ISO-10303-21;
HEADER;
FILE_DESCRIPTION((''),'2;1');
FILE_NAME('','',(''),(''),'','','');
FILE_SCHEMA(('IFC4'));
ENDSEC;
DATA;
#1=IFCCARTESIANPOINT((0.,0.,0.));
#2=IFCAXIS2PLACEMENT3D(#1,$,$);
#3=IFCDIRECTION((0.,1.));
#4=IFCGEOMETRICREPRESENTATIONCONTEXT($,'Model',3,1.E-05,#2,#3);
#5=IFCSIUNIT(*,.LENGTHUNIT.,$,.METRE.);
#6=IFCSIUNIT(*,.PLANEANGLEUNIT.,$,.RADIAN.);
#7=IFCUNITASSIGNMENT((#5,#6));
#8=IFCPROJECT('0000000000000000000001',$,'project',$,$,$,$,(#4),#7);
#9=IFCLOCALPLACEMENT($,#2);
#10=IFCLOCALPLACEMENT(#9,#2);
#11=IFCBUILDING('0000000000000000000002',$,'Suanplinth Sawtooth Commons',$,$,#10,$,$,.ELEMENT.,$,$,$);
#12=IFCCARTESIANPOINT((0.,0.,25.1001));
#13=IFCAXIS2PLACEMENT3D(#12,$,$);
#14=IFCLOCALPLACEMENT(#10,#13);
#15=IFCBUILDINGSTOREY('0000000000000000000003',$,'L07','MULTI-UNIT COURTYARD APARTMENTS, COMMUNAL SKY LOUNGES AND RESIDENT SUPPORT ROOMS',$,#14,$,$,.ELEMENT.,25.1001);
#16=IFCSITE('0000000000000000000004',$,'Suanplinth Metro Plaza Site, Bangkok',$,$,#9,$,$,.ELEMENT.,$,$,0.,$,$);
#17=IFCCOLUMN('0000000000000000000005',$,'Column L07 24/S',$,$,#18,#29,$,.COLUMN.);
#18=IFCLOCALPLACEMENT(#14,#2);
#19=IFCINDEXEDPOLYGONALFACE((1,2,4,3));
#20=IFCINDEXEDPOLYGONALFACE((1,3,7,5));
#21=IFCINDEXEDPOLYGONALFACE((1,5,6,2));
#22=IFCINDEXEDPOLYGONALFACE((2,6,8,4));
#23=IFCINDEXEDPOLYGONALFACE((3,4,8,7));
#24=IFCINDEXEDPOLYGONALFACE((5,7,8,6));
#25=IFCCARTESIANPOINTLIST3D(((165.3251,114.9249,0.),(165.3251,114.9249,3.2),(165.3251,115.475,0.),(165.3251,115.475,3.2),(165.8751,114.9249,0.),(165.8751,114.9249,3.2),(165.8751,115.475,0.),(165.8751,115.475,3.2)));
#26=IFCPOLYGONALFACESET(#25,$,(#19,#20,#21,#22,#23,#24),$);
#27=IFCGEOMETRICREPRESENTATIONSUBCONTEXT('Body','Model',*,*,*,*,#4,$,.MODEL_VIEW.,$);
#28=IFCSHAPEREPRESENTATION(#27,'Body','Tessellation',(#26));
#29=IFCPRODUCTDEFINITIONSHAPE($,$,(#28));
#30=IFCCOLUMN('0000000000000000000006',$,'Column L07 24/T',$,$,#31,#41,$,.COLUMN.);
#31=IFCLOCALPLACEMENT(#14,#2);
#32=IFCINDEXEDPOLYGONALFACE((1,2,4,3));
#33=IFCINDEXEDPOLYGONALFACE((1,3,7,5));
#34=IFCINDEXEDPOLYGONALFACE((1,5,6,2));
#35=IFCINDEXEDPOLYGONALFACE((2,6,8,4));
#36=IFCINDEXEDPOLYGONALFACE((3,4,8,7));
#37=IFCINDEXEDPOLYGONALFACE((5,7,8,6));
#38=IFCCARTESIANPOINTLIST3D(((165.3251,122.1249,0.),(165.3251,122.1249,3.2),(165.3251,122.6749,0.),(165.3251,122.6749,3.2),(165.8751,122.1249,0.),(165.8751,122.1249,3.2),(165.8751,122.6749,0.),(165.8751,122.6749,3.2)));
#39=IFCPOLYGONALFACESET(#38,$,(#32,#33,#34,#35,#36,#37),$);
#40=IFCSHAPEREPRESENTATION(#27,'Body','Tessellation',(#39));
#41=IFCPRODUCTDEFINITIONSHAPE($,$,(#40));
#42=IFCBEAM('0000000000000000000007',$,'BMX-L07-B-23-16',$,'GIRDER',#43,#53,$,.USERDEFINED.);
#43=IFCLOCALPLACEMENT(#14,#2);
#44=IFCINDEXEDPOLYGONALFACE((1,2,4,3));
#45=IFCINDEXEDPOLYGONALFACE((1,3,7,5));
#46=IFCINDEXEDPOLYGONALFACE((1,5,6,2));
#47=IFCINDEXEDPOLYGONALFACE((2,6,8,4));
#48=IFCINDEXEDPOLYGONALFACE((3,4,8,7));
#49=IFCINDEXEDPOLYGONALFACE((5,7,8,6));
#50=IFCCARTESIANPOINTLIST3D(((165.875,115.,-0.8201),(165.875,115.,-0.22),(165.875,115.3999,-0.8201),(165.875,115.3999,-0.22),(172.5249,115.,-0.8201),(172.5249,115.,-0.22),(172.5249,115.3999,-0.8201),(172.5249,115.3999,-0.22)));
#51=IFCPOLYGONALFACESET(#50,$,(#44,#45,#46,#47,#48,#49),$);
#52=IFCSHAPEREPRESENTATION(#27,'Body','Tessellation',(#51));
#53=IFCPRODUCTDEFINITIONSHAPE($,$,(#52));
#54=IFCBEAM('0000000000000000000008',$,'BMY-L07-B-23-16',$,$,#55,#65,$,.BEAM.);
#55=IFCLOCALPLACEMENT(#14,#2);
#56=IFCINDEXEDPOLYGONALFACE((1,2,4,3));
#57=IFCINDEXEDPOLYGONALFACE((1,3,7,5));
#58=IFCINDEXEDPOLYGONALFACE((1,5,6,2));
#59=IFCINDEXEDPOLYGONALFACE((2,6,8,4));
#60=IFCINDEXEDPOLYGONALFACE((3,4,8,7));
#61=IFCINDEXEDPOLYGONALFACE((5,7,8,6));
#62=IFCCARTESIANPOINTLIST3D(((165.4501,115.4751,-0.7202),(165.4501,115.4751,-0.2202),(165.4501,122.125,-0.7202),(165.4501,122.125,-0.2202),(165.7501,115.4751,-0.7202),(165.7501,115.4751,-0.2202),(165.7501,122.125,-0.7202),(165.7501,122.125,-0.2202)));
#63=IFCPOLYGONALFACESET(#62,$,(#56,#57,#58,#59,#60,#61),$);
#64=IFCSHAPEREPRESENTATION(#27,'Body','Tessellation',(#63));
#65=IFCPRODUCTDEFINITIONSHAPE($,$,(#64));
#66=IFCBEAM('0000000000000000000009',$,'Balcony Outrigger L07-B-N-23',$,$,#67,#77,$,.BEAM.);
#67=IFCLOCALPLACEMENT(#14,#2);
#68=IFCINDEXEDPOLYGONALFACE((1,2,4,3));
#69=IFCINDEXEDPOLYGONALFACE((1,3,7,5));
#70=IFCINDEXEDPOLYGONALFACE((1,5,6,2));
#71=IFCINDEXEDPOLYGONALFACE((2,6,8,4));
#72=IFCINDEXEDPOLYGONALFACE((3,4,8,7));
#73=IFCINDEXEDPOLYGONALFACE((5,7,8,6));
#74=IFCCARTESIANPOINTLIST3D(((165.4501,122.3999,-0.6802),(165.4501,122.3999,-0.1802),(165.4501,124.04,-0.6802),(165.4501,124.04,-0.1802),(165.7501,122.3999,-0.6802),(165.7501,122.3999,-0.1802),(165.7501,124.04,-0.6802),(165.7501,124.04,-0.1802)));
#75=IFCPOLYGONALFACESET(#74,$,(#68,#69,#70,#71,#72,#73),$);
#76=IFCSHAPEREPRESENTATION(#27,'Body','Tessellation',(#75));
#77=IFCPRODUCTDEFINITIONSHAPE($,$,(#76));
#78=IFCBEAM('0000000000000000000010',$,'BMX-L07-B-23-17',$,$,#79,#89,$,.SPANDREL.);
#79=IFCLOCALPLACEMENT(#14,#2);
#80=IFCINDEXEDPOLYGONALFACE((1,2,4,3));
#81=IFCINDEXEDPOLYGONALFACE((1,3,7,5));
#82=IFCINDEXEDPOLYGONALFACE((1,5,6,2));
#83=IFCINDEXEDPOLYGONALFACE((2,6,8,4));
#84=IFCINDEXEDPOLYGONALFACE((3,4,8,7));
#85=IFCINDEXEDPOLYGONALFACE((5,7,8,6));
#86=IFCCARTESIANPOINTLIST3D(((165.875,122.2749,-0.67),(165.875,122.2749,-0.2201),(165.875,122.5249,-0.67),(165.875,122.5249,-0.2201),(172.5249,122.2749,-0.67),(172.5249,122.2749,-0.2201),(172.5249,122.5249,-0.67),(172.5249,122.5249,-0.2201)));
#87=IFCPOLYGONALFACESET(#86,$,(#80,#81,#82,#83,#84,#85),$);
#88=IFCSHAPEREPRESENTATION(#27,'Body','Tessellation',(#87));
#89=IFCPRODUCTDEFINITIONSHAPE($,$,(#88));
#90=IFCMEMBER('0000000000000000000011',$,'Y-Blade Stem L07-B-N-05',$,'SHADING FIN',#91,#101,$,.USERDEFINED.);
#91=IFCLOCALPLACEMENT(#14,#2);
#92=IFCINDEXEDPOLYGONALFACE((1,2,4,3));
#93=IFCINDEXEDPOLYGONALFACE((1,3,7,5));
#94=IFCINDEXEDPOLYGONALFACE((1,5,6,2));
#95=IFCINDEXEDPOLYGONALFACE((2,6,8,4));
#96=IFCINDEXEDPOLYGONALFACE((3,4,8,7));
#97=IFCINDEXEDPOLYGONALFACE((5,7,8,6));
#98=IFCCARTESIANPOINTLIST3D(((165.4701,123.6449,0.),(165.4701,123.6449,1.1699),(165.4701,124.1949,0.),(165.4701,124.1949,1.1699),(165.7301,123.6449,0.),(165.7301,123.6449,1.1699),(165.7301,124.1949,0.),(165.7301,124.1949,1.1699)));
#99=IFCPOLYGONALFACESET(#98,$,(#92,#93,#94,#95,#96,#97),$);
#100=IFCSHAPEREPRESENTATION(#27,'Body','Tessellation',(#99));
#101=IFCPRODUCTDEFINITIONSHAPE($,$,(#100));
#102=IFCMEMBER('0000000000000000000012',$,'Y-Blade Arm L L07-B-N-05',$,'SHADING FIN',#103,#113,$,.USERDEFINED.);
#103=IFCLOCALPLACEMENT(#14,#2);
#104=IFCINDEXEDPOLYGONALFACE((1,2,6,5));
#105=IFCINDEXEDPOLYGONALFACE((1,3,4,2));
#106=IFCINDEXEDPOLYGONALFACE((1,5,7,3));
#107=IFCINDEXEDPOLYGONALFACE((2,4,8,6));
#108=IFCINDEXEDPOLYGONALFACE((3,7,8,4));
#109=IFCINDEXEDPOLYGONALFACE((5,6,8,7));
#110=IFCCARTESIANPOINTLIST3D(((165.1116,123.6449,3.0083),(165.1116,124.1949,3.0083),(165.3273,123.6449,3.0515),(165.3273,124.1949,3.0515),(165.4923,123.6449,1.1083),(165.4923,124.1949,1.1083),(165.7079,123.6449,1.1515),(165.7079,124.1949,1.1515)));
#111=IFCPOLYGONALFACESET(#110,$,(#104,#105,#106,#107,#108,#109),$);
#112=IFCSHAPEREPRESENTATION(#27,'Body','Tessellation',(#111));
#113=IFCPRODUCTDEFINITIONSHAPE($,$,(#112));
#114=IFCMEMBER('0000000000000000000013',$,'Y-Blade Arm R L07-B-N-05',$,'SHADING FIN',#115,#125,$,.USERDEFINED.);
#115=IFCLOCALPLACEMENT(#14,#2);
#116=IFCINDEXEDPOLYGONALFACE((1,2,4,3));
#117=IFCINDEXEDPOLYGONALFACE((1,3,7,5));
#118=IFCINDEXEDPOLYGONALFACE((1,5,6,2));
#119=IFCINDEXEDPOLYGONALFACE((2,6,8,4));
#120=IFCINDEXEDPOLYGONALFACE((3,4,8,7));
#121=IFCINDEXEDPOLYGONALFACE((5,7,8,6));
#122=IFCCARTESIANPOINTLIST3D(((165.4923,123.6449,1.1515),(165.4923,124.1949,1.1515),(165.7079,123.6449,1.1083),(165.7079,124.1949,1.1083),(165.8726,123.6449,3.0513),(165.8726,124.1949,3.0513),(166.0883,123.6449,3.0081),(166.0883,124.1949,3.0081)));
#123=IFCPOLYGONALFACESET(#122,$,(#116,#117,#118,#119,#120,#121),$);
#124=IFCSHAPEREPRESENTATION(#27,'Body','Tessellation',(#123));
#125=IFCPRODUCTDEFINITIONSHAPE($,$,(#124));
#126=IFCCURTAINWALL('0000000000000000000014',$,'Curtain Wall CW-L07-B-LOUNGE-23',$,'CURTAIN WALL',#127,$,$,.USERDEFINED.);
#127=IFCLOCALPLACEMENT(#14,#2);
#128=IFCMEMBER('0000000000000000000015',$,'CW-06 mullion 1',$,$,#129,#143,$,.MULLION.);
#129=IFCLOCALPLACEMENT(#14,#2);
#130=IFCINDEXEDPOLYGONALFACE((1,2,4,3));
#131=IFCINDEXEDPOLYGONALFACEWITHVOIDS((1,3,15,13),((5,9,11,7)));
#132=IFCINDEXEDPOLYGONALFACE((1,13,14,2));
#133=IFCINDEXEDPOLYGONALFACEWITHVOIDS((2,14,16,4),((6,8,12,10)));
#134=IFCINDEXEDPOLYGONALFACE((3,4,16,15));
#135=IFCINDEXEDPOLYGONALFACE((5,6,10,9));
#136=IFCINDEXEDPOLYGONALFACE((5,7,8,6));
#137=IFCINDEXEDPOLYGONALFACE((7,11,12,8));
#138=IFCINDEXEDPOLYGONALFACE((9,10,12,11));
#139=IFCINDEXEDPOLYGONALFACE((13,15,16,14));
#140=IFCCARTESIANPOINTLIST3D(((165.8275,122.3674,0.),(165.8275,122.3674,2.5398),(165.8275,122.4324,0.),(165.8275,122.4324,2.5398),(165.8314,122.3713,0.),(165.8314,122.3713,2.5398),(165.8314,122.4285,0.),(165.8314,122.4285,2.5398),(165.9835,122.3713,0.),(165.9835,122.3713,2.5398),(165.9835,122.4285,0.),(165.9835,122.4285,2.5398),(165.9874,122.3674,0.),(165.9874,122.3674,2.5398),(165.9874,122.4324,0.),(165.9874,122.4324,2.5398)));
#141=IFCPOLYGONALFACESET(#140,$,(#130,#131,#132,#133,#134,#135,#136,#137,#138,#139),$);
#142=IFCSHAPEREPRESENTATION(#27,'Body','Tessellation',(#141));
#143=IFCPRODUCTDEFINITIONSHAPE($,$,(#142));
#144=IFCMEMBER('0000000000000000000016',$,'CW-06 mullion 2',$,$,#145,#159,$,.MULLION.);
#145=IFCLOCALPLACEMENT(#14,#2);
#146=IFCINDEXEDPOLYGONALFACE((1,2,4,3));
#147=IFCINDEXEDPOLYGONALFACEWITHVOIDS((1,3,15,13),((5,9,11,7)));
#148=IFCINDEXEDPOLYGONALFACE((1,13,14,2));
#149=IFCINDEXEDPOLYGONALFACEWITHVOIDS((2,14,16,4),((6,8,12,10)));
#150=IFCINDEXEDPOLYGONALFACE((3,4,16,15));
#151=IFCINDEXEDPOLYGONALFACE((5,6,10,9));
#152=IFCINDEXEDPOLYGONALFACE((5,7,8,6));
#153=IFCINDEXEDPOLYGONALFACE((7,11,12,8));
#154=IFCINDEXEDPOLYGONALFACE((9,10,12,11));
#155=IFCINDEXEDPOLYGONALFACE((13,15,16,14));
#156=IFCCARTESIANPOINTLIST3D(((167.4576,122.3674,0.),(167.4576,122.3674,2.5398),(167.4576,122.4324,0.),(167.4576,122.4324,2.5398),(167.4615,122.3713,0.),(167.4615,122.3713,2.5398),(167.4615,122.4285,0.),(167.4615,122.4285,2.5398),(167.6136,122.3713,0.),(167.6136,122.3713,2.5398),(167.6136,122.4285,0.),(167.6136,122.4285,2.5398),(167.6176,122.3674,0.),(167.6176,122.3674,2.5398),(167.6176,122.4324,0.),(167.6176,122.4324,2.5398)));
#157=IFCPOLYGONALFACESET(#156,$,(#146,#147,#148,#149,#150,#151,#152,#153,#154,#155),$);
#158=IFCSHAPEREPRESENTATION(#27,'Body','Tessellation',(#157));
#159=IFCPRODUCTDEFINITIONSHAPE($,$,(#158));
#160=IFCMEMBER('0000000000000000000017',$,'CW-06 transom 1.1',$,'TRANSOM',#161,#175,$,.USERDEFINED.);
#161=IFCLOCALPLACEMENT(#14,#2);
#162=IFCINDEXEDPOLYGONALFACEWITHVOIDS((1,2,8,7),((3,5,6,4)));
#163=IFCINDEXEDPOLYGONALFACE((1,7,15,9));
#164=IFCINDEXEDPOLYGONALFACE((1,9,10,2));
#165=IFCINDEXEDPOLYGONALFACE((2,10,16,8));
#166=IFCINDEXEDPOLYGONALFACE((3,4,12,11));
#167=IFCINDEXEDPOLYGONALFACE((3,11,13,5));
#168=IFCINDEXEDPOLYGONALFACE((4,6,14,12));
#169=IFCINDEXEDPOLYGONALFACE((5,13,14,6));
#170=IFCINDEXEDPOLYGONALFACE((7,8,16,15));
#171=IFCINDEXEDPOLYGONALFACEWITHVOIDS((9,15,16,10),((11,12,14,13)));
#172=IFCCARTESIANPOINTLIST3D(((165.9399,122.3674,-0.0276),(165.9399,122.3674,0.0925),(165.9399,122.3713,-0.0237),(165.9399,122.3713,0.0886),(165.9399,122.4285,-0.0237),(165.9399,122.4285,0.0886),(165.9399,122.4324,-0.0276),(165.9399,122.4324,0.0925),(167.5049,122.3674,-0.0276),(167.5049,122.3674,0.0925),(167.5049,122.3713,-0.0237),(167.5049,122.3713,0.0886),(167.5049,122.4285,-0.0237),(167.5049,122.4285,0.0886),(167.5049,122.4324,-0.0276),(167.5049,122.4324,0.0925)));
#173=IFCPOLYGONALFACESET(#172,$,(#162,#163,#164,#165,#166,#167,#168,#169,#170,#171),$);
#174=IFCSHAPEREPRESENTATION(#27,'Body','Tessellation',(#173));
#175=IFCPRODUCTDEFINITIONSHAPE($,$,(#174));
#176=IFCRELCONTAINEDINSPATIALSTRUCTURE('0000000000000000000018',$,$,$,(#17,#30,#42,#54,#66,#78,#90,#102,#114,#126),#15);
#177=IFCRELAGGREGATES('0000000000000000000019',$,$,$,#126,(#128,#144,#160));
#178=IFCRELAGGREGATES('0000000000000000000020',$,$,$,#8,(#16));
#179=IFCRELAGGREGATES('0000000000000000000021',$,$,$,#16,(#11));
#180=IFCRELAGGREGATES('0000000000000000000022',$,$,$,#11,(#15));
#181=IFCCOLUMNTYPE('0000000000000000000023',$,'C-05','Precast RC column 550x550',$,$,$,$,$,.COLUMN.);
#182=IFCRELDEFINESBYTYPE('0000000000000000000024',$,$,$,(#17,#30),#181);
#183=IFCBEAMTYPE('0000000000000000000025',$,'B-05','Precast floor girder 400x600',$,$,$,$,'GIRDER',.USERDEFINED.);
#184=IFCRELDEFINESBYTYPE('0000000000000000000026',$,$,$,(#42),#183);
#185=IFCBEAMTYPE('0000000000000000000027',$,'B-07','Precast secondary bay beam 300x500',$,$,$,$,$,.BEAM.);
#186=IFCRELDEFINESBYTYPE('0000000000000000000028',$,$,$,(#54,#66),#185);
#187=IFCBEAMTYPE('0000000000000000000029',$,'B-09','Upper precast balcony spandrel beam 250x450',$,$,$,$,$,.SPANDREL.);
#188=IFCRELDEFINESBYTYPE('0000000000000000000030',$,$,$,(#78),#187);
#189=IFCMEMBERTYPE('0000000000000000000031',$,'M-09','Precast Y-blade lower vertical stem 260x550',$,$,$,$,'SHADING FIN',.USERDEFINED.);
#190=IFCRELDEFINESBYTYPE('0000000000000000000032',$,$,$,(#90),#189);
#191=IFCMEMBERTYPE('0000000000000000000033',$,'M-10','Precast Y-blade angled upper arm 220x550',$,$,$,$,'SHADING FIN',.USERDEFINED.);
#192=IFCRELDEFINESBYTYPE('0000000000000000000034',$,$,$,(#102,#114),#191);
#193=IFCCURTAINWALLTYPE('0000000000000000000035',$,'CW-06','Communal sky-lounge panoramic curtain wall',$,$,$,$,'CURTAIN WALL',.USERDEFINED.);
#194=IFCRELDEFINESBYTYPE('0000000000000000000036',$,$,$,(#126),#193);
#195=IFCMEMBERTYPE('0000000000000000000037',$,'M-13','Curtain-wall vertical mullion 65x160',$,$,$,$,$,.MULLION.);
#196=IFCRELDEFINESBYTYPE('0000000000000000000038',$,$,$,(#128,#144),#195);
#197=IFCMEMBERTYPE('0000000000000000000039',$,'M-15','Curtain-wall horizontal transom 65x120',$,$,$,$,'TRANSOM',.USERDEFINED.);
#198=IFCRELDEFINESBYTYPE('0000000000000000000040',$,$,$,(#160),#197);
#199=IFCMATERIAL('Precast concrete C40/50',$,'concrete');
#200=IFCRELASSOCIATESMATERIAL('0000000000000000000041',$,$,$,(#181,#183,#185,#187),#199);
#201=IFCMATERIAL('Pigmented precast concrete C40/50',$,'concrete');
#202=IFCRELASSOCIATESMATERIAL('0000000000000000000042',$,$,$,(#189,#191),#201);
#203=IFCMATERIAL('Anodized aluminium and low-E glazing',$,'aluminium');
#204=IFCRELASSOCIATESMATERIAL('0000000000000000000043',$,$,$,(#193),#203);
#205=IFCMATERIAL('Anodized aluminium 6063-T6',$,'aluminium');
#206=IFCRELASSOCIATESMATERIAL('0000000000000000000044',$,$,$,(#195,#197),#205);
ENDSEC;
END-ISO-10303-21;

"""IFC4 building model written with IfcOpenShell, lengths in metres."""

from ifc_helpers import new_model, si_unit, direction, frame, origin, origin_2d, place, context, subcontext, project, spatial, rectangle, hollow_rectangle, extrude, material, material_profile, profile_set, type_object, element, aggregate, save


model = new_model("IFC4")

# Units and contexts
model_context = context("Model", 3, precision=1e-05, world=origin(), true_north=direction((0.0, 1.0)))
body_context = subcontext(model_context, "Body", "Model", "MODEL_VIEW")
ifc_project = project(units=[si_unit("LENGTHUNIT", "METRE"), si_unit("PLANEANGLEUNIT", "RADIAN")], contexts=[model_context])

# Site, building, storey
site_placement = place(None, origin())
site = spatial("IfcSite", under=ifc_project, at=site_placement, Name="Suanplinth Metro Plaza Site, Bangkok", CompositionType="ELEMENT", RefElevation=0.0)
building_placement = place(site_placement, origin())
building = spatial("IfcBuilding", under=site, at=building_placement, Name="Suanplinth Sawtooth Commons", CompositionType="ELEMENT")
storey_placement = place(building_placement, frame((0.0, 0.0, 25.1001)))
storey = spatial("IfcBuildingStorey", under=building, at=storey_placement, Name="L07", Description="MULTI-UNIT COURTYARD APARTMENTS, COMMUNAL SKY LOUNGES AND RESIDENT SUPPORT ROOMS", CompositionType="ELEMENT", Elevation=25.1001)

# Columns
ifc_material_1 = material(Name="Precast concrete C40/50", Category="concrete")
ifc_material_profile_1 = material_profile(ifc_material_1, rectangle(XDim=0.55, YDim=0.55, at=origin_2d()), Name="PC-COL 550x550")
ifc_profile_set_1 = profile_set([ifc_material_profile_1], Name="Precast concrete C40/50")
column_type = type_object("IfcColumnType", Name="C-05", Description="Precast RC column 550x550", PredefinedType="COLUMN", material=ifc_profile_set_1)
for number, where, z_axis, x_axis, name in (
    (1, (165.6001, 115.2, 0.0), (0.0, 0.0, 1.0), (1.0, 0.0, 0.0), "Column L07 24/S"),
    (2, (165.6001, 122.3999, 0.0), (0.0, 0.0, 1.0), (1.0, 0.0, 0.0), "Column L07 24/T"),
):
    element("IfcColumn", number, at=place(storey_placement, frame(where, z_axis=z_axis, x_axis=x_axis)), inside=storey, type_object=column_type, Name=name, PredefinedType="COLUMN", context=body_context, shape_type="SweptSolid", body=[
        extrude(rectangle(XDim=0.55, YDim=0.55, at=origin_2d()), origin(), (0.0, 0.0, 1.0), 3.2),
    ])

# Beams
ifc_material_profile_2 = material_profile(ifc_material_1, rectangle(XDim=0.3999, YDim=0.6001, at=origin_2d()), Name="PC-GDR 400x600")
ifc_profile_set_2 = profile_set([ifc_material_profile_2], Name="Precast concrete C40/50")
beam_type_1 = type_object("IfcBeamType", Name="B-05", Description="Precast floor girder 400x600", ElementType="GIRDER", PredefinedType="USERDEFINED", material=ifc_profile_set_2)
beam_1_placement = place(storey_placement, frame((165.875, 115.2, -0.52), z_axis=(1.0, 0.0, 0.0), x_axis=(0.0, 1.0, 0.0)))
element("IfcBeam", 3, at=beam_1_placement, inside=storey, type_object=beam_type_1, Name="BMX-L07-B-23-16", ObjectType="GIRDER", PredefinedType="USERDEFINED", context=body_context, shape_type="SweptSolid", body=[
    extrude(rectangle(XDim=0.3999, YDim=0.6001, at=origin_2d()), origin(), (0.0, 0.0, 1.0), 6.6499),
])
ifc_material_profile_3 = material_profile(ifc_material_1, rectangle(XDim=0.3, YDim=0.5, at=origin_2d()), Name="PC-BM 300x500")
ifc_profile_set_3 = profile_set([ifc_material_profile_3], Name="Precast concrete C40/50")
beam_type_2 = type_object("IfcBeamType", Name="B-07", Description="Precast secondary bay beam 300x500", PredefinedType="BEAM", material=ifc_profile_set_3)
beam_2_placement = place(storey_placement, frame((165.6001, 115.4751, -0.4702), z_axis=(0.0, 1.0, 0.0), x_axis=(-1.0, 0.0, 0.0)))
element("IfcBeam", 4, at=beam_2_placement, inside=storey, type_object=beam_type_2, Name="BMY-L07-B-23-16", PredefinedType="BEAM", context=body_context, shape_type="SweptSolid", body=[
    extrude(rectangle(XDim=0.3, YDim=0.5, at=origin_2d()), origin(), (0.0, 0.0, 1.0), 6.6499),
])
beam_3_placement = place(storey_placement, frame((165.6001, 122.3999, -0.4302), z_axis=(0.0, 1.0, 0.0), x_axis=(-1.0, 0.0, 0.0)))
element("IfcBeam", 5, at=beam_3_placement, inside=storey, type_object=beam_type_2, Name="Balcony Outrigger L07-B-N-23", PredefinedType="BEAM", context=body_context, shape_type="SweptSolid", body=[
    extrude(rectangle(XDim=0.3, YDim=0.5, at=origin_2d()), origin(), (0.0, 0.0, 1.0), 1.6401),
])
ifc_material_profile_4 = material_profile(ifc_material_1, rectangle(XDim=0.25, YDim=0.45, at=origin_2d()), Name="PC-SP 250x450")
ifc_profile_set_4 = profile_set([ifc_material_profile_4], Name="Precast concrete C40/50")
beam_type_3 = type_object("IfcBeamType", Name="B-09", Description="Upper precast balcony spandrel beam 250x450", PredefinedType="SPANDREL", material=ifc_profile_set_4)
beam_4_placement = place(storey_placement, frame((165.875, 122.3999, -0.4451), z_axis=(1.0, 0.0, 0.0), x_axis=(0.0, 1.0, 0.0)))
element("IfcBeam", 6, at=beam_4_placement, inside=storey, type_object=beam_type_3, Name="BMX-L07-B-23-17", PredefinedType="SPANDREL", context=body_context, shape_type="SweptSolid", body=[
    extrude(rectangle(XDim=0.25, YDim=0.45, at=origin_2d()), origin(), (0.0, 0.0, 1.0), 6.6499),
])

# Members
ifc_material_2 = material(Name="Pigmented precast concrete C40/50", Category="concrete")
ifc_material_profile_5 = material_profile(ifc_material_2, rectangle(XDim=0.26, YDim=0.55, at=origin_2d()), Name="PC-FIN 260x550")
ifc_profile_set_5 = profile_set([ifc_material_profile_5], Name="Pigmented precast concrete C40/50")
member_type_1 = type_object("IfcMemberType", Name="M-09", Description="Precast Y-blade lower vertical stem 260x550", ElementType="SHADING FIN", PredefinedType="USERDEFINED", material=ifc_profile_set_5)
member_1_placement = place(storey_placement, frame((165.6001, 123.9199, 0.0), z_axis=(0.0, 0.0, 1.0), x_axis=(1.0, 0.0, 0.0)))
element("IfcMember", 7, at=member_1_placement, inside=storey, type_object=member_type_1, Name="Y-Blade Stem L07-B-N-05", ObjectType="SHADING FIN", PredefinedType="USERDEFINED", context=body_context, shape_type="SweptSolid", body=[
    extrude(rectangle(XDim=0.26, YDim=0.55, at=origin_2d()), origin(), (0.0, 0.0, 1.0), 1.1699),
])
ifc_material_profile_6 = material_profile(ifc_material_2, rectangle(XDim=0.22, YDim=0.55, at=origin_2d()), Name="PC-FIN 220x550")
ifc_profile_set_6 = profile_set([ifc_material_profile_6], Name="Pigmented precast concrete C40/50")
member_type_2 = type_object("IfcMemberType", Name="M-10", Description="Precast Y-blade angled upper arm 220x550", ElementType="SHADING FIN", PredefinedType="USERDEFINED", material=ifc_profile_set_6)
member_2_placement = place(storey_placement, frame((165.6001, 123.9199, 1.1299), z_axis=(-0.196431, 0.0, 0.980518), x_axis=(0.980518, 0.0, 0.196431)))
element("IfcMember", 8, at=member_2_placement, inside=storey, type_object=member_type_2, Name="Y-Blade Arm L L07-B-N-05", ObjectType="SHADING FIN", PredefinedType="USERDEFINED", context=body_context, shape_type="SweptSolid", body=[
    extrude(rectangle(XDim=0.22, YDim=0.55, at=origin_2d()), origin(), (0.0, 0.0, 1.0), 1.9377),
])
member_3_placement = place(storey_placement, frame((165.6001, 123.9199, 1.1299), z_axis=(0.19631, 0.0, 0.980542), x_axis=(-0.980542, 0.0, 0.19631)))
element("IfcMember", 9, at=member_3_placement, inside=storey, type_object=member_type_2, Name="Y-Blade Arm R L07-B-N-05", ObjectType="SHADING FIN", PredefinedType="USERDEFINED", context=body_context, shape_type="SweptSolid", body=[
    extrude(rectangle(XDim=0.22, YDim=0.55, at=origin_2d()), origin(), (0.0, 0.0, 1.0), 1.9375),
])

# Curtain wall, members
ifc_material_3 = material(Name="Anodized aluminium and low-E glazing", Category="aluminium")
curtain_wall_type = type_object("IfcCurtainWallType", Name="CW-06", Description="Communal sky-lounge panoramic curtain wall", ElementType="CURTAIN WALL", PredefinedType="USERDEFINED", material=ifc_material_3)
curtain_wall_placement = place(storey_placement, origin())
curtain_wall = element("IfcCurtainWall", 10, at=curtain_wall_placement, inside=storey, type_object=curtain_wall_type, Name="Curtain Wall CW-L07-B-LOUNGE-23", ObjectType="CURTAIN WALL", PredefinedType="USERDEFINED")
ifc_material_4 = material(Name="Anodized aluminium 6063-T6", Category="aluminium")
ifc_material_profile_7 = material_profile(ifc_material_4, hollow_rectangle(XDim=0.0649, YDim=0.1599, WallThickness=0.0039, at=origin_2d()), Name="ALU-MUL 65x160")
ifc_profile_set_7 = profile_set([ifc_material_profile_7], Name="Anodized aluminium 6063-T6")
member_type_3 = type_object("IfcMemberType", Name="M-13", Description="Curtain-wall vertical mullion 65x160", PredefinedType="MULLION", material=ifc_profile_set_7)
member_4_placement = place(storey_placement, frame((165.9075, 122.3999, 0.0), z_axis=(0.0, 0.0, 1.0), x_axis=(0.0, 1.0, 0.0)))
member_4 = element("IfcMember", 11, at=member_4_placement, type_object=member_type_3, Name="CW-06 mullion 1", PredefinedType="MULLION", context=body_context, shape_type="SweptSolid", body=[
    extrude(hollow_rectangle(XDim=0.0649, YDim=0.1599, WallThickness=0.0039, at=origin_2d()), origin(), (0.0, 0.0, 1.0), 2.5398),
])
member_5_placement = place(storey_placement, frame((167.5376, 122.3999, 0.0), z_axis=(0.0, 0.0, 1.0), x_axis=(0.0, 1.0, 0.0)))
member_5 = element("IfcMember", 12, at=member_5_placement, type_object=member_type_3, Name="CW-06 mullion 2", PredefinedType="MULLION", context=body_context, shape_type="SweptSolid", body=[
    extrude(hollow_rectangle(XDim=0.0649, YDim=0.1599, WallThickness=0.0039, at=origin_2d()), origin(), (0.0, 0.0, 1.0), 2.5398),
])
ifc_material_profile_8 = material_profile(ifc_material_4, hollow_rectangle(XDim=0.0649, YDim=0.1201, WallThickness=0.0039, at=origin_2d()), Name="ALU-TRN 65x120")
ifc_profile_set_8 = profile_set([ifc_material_profile_8], Name="Anodized aluminium 6063-T6")
member_type_4 = type_object("IfcMemberType", Name="M-15", Description="Curtain-wall horizontal transom 65x120", ElementType="TRANSOM", PredefinedType="USERDEFINED", material=ifc_profile_set_8)
member_6_placement = place(storey_placement, frame((165.9399, 122.3999, 0.0325), z_axis=(1.0, 0.0, 0.0), x_axis=(0.0, 1.0, 0.0)))
member_6 = element("IfcMember", 13, at=member_6_placement, type_object=member_type_4, Name="CW-06 transom 1.1", ObjectType="TRANSOM", PredefinedType="USERDEFINED", context=body_context, shape_type="SweptSolid", body=[
    extrude(hollow_rectangle(XDim=0.0649, YDim=0.1201, WallThickness=0.0039, at=origin_2d()), origin(), (0.0, 0.0, 1.0), 1.5649),
])

aggregate(curtain_wall, [member_4, member_5, member_6])

save(model, "model.ifc")
